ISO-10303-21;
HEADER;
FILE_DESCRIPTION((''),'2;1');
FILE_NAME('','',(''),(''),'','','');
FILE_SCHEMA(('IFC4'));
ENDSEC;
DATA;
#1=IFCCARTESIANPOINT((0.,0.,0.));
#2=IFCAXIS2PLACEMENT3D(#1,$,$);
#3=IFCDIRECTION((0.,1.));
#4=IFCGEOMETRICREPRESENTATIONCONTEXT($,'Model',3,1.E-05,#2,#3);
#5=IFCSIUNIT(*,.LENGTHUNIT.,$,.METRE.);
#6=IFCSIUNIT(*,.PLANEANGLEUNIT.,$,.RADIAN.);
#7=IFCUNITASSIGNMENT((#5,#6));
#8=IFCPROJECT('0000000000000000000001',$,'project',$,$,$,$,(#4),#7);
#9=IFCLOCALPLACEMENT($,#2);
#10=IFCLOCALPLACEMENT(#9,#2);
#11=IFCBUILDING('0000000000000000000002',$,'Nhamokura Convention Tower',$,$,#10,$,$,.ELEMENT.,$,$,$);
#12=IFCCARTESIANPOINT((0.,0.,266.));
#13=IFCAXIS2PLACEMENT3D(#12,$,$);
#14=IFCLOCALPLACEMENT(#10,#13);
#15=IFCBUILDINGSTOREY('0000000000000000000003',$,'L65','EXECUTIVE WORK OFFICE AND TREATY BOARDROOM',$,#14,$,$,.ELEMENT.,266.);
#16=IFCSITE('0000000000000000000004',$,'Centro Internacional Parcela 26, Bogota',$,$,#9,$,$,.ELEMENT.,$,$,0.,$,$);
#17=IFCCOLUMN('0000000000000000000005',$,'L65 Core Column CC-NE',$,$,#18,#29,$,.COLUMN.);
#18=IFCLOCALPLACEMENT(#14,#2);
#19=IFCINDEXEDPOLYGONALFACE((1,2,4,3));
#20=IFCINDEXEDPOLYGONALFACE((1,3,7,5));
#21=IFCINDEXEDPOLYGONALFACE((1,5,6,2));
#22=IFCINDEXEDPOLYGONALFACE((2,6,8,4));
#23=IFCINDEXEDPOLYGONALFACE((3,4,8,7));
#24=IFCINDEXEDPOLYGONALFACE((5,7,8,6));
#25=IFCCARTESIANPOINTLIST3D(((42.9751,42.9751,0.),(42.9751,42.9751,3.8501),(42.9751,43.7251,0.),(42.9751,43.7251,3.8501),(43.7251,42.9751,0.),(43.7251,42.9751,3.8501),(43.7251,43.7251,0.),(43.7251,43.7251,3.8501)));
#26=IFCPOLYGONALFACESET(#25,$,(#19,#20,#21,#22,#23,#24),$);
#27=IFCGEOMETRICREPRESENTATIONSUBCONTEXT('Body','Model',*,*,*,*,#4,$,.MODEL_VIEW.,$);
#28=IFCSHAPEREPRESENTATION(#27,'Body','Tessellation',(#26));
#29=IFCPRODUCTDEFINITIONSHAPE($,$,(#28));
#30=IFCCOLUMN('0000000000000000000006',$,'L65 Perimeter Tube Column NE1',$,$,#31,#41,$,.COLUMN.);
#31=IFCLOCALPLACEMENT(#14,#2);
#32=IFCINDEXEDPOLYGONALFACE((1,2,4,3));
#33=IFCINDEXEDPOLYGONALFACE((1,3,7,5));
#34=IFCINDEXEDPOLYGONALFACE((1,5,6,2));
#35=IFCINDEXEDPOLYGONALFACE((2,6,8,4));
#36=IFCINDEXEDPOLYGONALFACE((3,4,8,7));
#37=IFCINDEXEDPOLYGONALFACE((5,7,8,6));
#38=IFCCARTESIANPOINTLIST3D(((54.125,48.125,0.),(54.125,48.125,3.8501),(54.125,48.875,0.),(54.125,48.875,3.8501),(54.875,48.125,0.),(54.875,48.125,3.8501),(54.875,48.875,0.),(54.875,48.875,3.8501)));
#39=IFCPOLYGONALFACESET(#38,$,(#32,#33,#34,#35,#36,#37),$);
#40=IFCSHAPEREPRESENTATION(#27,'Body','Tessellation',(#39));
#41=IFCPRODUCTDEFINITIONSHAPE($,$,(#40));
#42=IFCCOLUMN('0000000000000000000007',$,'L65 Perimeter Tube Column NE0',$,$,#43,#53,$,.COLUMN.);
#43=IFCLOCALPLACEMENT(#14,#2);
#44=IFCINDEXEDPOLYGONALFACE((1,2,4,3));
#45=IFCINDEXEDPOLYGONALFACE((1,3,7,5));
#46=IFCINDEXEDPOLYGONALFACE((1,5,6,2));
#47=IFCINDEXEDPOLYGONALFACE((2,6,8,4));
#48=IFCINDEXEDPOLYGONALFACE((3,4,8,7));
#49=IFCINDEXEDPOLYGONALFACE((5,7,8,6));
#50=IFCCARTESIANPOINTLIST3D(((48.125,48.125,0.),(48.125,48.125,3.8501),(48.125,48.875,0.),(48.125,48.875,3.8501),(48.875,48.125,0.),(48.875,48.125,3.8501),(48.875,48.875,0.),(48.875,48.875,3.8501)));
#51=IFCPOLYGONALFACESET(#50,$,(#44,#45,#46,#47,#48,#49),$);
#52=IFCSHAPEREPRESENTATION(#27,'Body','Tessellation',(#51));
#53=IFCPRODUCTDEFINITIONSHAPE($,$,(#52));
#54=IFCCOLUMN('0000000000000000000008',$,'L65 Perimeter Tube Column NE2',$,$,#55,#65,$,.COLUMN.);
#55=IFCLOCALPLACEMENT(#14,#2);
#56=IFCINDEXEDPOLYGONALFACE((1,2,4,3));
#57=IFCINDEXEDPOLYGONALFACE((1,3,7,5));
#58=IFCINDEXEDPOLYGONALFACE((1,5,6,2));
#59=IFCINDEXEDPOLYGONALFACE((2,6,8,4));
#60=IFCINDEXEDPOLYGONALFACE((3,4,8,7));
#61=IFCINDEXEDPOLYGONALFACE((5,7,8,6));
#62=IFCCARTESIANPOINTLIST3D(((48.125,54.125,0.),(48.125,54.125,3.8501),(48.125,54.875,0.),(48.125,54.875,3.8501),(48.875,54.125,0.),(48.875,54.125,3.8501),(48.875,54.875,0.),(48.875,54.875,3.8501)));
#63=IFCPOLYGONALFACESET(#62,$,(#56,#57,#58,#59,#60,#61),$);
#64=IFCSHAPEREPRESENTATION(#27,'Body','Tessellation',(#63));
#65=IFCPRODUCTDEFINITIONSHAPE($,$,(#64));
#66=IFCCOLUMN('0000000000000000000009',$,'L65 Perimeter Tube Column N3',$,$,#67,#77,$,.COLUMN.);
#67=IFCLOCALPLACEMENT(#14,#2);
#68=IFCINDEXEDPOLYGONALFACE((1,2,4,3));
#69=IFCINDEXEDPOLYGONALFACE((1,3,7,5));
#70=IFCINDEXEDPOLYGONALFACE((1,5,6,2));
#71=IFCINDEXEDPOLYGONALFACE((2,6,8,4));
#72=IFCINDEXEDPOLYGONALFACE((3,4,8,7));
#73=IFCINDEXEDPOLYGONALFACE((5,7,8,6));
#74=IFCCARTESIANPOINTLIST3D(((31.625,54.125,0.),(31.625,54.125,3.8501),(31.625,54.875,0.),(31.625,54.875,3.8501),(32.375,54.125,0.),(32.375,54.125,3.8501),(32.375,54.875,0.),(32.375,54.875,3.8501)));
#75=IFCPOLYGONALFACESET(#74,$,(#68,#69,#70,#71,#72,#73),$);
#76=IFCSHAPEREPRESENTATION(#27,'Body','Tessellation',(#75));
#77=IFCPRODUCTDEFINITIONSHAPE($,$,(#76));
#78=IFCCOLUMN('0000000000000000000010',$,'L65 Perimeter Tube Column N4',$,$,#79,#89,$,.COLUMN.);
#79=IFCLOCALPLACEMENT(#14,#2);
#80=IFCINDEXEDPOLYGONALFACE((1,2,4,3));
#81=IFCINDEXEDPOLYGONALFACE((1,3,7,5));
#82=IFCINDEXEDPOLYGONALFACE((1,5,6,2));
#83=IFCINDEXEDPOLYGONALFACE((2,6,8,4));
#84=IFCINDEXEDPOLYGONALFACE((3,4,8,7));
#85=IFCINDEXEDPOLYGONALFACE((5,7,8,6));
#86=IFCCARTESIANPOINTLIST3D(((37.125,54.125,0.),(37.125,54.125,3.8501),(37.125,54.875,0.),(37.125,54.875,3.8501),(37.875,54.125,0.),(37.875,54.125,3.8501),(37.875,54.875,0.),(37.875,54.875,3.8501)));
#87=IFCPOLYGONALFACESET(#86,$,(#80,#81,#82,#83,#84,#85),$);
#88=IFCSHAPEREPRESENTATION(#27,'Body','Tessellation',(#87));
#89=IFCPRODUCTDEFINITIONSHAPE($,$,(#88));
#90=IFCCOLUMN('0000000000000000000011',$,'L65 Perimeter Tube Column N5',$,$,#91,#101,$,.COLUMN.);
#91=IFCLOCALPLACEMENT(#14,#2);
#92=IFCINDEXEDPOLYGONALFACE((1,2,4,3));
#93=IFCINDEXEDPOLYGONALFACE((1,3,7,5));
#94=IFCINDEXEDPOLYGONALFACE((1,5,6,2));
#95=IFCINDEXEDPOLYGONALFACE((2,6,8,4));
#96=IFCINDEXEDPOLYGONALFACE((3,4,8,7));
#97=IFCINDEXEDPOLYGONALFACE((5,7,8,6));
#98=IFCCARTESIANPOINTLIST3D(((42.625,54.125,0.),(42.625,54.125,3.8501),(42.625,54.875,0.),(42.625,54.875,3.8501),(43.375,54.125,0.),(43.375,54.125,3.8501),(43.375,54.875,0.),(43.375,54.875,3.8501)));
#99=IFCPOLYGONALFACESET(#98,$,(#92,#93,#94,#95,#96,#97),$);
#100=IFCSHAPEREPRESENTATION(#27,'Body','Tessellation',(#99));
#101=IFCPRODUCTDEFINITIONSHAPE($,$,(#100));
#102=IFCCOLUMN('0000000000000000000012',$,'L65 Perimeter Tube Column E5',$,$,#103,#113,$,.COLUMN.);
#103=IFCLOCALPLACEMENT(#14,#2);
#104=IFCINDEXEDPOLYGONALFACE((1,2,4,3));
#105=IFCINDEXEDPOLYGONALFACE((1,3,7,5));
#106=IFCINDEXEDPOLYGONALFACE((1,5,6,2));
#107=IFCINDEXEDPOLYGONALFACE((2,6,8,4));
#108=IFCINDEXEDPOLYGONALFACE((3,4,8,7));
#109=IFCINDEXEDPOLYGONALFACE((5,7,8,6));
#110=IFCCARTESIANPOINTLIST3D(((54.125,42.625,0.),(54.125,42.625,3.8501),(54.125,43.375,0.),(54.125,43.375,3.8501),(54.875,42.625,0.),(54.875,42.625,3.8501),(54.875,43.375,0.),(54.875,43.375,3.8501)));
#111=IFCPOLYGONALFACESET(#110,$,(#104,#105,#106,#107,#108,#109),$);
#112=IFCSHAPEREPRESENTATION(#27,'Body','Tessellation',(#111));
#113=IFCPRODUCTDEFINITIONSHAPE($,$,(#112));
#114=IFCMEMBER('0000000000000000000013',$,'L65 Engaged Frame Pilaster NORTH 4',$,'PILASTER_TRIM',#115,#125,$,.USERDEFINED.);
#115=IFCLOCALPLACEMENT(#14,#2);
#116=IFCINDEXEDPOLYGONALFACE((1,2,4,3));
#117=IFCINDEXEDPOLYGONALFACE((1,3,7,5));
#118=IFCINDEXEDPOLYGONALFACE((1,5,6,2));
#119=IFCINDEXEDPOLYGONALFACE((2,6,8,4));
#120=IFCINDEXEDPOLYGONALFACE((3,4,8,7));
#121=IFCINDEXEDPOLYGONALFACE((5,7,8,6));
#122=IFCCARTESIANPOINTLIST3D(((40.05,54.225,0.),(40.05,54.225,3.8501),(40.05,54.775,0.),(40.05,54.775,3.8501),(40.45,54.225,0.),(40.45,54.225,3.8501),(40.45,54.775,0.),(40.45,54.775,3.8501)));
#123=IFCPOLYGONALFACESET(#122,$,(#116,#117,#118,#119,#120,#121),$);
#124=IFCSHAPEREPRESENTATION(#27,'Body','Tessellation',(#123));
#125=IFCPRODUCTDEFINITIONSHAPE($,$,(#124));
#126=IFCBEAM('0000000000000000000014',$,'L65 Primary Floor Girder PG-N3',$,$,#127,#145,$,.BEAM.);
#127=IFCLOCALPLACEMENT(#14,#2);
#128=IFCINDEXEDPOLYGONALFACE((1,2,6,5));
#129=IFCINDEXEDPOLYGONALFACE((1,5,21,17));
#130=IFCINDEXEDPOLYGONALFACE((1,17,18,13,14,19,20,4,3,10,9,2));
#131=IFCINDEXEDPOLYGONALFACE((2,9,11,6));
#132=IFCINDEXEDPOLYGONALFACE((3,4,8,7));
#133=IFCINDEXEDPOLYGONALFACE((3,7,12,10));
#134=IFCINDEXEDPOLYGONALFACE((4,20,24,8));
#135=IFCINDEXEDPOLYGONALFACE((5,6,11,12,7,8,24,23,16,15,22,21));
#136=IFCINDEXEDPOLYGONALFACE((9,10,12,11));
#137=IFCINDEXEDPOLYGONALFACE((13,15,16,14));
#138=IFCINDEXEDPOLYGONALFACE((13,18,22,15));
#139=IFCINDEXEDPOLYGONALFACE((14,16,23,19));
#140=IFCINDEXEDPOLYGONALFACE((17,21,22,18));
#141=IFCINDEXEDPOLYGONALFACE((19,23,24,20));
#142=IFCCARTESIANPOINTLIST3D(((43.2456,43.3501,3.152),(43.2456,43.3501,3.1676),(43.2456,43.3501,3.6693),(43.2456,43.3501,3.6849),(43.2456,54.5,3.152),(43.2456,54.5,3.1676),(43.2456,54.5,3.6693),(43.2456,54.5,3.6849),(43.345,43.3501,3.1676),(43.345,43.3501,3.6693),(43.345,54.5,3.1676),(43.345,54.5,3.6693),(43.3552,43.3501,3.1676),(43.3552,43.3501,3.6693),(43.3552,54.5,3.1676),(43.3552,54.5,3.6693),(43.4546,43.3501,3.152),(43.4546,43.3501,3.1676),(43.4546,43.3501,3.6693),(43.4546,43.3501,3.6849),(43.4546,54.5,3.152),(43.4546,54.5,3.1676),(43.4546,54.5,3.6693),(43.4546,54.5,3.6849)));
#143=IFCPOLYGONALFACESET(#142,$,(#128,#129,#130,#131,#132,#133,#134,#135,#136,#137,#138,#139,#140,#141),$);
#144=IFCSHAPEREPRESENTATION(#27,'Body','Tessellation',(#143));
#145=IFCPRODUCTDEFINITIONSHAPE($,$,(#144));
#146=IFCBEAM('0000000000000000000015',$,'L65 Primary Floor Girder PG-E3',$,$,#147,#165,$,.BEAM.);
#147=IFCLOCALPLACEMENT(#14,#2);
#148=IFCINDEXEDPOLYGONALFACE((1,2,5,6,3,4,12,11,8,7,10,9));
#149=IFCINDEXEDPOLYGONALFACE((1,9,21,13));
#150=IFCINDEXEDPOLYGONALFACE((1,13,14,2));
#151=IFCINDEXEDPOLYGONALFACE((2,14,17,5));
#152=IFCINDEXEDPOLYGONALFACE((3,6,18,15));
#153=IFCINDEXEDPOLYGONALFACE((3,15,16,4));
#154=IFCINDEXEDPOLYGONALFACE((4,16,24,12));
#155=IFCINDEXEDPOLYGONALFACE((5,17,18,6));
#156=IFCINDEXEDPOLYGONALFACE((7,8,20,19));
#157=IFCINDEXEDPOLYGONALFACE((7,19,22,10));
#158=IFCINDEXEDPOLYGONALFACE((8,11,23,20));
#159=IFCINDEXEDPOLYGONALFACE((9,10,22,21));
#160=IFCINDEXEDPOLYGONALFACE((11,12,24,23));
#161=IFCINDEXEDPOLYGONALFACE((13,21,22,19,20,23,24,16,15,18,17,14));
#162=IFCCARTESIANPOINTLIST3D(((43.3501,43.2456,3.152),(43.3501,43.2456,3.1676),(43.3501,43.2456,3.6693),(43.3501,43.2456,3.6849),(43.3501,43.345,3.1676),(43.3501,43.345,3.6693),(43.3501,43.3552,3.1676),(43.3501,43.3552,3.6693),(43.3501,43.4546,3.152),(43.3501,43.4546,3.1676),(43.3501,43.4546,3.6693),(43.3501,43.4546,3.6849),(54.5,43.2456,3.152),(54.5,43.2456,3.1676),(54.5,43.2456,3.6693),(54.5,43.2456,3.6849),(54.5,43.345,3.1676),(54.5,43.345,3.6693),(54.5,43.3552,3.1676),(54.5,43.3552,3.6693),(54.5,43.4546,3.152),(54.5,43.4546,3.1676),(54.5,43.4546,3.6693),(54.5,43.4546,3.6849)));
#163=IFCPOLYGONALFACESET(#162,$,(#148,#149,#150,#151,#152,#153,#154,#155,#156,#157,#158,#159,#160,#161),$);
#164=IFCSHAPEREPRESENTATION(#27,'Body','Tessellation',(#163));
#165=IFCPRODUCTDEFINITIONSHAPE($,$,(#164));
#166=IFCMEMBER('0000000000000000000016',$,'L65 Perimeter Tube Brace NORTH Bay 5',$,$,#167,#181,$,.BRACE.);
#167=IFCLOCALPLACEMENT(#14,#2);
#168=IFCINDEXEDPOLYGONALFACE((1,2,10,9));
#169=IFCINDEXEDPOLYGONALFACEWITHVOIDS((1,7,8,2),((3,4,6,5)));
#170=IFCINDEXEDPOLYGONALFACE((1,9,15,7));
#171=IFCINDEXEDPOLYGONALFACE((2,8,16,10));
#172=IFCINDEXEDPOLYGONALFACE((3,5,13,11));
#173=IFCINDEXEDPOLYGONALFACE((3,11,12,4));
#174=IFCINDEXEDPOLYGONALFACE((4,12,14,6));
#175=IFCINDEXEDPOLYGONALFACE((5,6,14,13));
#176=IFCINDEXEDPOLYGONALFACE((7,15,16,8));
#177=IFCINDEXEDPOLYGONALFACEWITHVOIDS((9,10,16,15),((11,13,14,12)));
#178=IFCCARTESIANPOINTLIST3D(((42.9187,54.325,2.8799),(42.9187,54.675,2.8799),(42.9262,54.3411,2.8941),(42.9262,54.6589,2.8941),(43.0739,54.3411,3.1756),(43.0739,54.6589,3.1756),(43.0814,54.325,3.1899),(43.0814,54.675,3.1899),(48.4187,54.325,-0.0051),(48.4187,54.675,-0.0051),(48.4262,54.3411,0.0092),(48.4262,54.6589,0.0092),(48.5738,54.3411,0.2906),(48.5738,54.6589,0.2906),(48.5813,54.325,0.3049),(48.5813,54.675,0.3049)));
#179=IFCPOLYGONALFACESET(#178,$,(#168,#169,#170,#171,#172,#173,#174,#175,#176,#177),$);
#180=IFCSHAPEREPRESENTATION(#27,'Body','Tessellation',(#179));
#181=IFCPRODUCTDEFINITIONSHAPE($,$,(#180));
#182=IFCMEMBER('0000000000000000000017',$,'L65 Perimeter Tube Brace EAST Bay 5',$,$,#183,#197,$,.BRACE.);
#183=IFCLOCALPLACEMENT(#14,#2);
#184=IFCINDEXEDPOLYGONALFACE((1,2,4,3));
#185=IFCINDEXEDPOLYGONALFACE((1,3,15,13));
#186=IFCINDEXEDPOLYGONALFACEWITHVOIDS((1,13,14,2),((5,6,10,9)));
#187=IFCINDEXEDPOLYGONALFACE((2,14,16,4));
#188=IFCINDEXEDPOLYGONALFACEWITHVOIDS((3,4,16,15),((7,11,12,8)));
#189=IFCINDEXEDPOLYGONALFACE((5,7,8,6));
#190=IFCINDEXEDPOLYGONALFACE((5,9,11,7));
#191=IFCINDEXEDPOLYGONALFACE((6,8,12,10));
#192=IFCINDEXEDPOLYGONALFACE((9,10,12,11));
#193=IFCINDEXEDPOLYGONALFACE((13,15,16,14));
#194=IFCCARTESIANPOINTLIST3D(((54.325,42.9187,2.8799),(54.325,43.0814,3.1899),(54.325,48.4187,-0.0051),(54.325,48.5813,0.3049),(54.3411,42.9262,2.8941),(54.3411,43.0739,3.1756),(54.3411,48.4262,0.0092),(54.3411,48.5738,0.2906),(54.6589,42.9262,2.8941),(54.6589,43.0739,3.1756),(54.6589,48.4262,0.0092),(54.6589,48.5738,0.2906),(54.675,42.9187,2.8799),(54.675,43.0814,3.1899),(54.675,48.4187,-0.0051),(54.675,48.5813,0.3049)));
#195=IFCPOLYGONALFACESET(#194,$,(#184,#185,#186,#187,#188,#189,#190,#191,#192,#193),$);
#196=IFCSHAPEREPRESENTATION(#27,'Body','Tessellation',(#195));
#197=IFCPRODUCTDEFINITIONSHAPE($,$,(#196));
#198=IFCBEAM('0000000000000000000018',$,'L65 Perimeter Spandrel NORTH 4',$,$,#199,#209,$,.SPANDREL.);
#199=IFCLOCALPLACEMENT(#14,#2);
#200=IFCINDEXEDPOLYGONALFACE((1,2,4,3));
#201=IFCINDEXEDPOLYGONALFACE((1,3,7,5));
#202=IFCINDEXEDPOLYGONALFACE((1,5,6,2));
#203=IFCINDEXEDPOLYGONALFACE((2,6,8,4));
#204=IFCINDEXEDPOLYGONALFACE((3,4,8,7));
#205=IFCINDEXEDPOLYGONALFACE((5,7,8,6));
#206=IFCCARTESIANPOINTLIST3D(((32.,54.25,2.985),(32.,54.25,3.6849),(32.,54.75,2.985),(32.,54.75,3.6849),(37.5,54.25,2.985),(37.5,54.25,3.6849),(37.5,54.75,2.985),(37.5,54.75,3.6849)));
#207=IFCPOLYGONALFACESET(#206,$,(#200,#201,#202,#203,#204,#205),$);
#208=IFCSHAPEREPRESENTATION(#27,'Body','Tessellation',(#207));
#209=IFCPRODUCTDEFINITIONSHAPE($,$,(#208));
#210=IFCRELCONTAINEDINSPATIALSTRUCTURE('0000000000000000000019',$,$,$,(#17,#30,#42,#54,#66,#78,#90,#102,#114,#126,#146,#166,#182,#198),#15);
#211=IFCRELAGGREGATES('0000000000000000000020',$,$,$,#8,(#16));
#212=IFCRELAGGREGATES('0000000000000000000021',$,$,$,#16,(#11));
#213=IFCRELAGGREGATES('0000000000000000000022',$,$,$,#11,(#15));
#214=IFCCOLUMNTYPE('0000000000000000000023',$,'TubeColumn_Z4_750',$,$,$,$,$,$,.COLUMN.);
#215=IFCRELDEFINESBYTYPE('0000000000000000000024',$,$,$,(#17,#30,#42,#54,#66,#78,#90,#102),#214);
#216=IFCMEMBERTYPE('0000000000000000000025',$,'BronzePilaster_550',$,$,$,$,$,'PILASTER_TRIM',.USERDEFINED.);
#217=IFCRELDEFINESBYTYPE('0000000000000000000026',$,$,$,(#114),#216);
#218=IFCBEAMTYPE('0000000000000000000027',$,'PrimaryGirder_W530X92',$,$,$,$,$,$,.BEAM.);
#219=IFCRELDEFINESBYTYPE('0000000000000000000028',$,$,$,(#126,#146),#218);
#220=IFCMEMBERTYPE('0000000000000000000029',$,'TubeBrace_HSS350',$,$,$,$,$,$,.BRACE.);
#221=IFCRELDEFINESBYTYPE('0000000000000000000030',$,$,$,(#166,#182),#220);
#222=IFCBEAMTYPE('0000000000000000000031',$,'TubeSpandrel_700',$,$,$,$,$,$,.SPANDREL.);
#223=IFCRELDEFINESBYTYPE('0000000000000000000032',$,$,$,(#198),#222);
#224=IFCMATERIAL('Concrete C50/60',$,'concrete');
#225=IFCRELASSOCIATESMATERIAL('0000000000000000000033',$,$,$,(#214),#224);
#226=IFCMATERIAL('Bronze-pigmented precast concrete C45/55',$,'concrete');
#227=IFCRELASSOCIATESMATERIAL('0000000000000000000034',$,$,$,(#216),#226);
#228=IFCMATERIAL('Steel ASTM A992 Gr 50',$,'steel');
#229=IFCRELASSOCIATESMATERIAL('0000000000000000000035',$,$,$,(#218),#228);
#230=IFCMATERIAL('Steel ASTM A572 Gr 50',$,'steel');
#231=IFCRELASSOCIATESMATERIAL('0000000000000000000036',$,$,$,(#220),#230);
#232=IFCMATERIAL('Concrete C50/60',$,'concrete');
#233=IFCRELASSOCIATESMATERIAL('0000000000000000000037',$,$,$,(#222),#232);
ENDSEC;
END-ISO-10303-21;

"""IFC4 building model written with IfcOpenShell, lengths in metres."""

from ifc_helpers import new_model, si_unit, direction, frame, origin, origin_2d, place, context, subcontext, project, spatial, rectangle, hollow_rectangle, i_section, extrude, material, material_profile, profile_set, type_object, element, save


model = new_model("IFC4")

# Units and contexts
model_context = context("Model", 3, precision=1e-05, world=origin(), true_north=direction((0.0, 1.0)))
body_context = subcontext(model_context, "Body", "Model", "MODEL_VIEW")
ifc_project = project(units=[si_unit("LENGTHUNIT", "METRE"), si_unit("PLANEANGLEUNIT", "RADIAN")], contexts=[model_context])

# Site, building, storey
site_placement = place(None, origin())
site = spatial("IfcSite", under=ifc_project, at=site_placement, Name="Centro Internacional Parcela 26, Bogota", CompositionType="ELEMENT", RefElevation=0.0)
building_placement = place(site_placement, origin())
building = spatial("IfcBuilding", under=site, at=building_placement, Name="Nhamokura Convention Tower", CompositionType="ELEMENT")
storey_placement = place(building_placement, frame((0.0, 0.0, 266.0)))
storey = spatial("IfcBuildingStorey", under=building, at=storey_placement, Name="L65", Description="EXECUTIVE WORK OFFICE AND TREATY BOARDROOM", CompositionType="ELEMENT", Elevation=266.0)

# Columns
ifc_material_1 = material(Name="Concrete C50/60", Category="concrete")
ifc_material_profile_1 = material_profile(ifc_material_1, rectangle(XDim=0.75, YDim=0.75, at=origin_2d()))
ifc_profile_set_1 = profile_set([ifc_material_profile_1], Name="Concrete C50/60")
column_type = type_object("IfcColumnType", Name="TubeColumn_Z4_750", PredefinedType="COLUMN", material=ifc_profile_set_1)
for number, where, z_axis, x_axis, name in (
    (1, (43.3501, 43.3501, 0.0), (0.0, 0.0, 1.0), (1.0, 0.0, 0.0), "L65 Core Column CC-NE"),
    (2, (54.5, 48.5, 0.0), (0.0, 0.0, 1.0), (1.0, 0.0, 0.0), "L65 Perimeter Tube Column NE1"),
    (3, (48.5, 48.5, 0.0), (0.0, 0.0, 1.0), (1.0, 0.0, 0.0), "L65 Perimeter Tube Column NE0"),
    (4, (48.5, 54.5, 0.0), (0.0, 0.0, 1.0), (1.0, 0.0, 0.0), "L65 Perimeter Tube Column NE2"),
    (5, (32.0, 54.5, 0.0), (0.0, 0.0, 1.0), (1.0, 0.0, 0.0), "L65 Perimeter Tube Column N3"),
    (6, (37.5, 54.5, 0.0), (0.0, 0.0, 1.0), (1.0, 0.0, 0.0), "L65 Perimeter Tube Column N4"),
    (7, (43.0, 54.5, 0.0), (0.0, 0.0, 1.0), (1.0, 0.0, 0.0), "L65 Perimeter Tube Column N5"),
    (8, (54.5, 43.0, 0.0), (0.0, 0.0, 1.0), (1.0, 0.0, 0.0), "L65 Perimeter Tube Column E5"),
):
    element("IfcColumn", number, at=place(storey_placement, frame(where, z_axis=z_axis, x_axis=x_axis)), inside=storey, type_object=column_type, Name=name, PredefinedType="COLUMN", context=body_context, shape_type="SweptSolid", body=[
        extrude(rectangle(XDim=0.75, YDim=0.75, at=origin_2d()), origin(), (0.0, 0.0, 1.0), 3.8501),
    ])

# Member
ifc_material_2 = material(Name="Bronze-pigmented precast concrete C45/55", Category="concrete")
ifc_material_profile_2 = material_profile(ifc_material_2, rectangle(XDim=0.3999, YDim=0.55, at=origin_2d()))
ifc_profile_set_2 = profile_set([ifc_material_profile_2], Name="Bronze-pigmented precast concrete C45/55")
member_type_1 = type_object("IfcMemberType", Name="BronzePilaster_550", ElementType="PILASTER_TRIM", PredefinedType="USERDEFINED", material=ifc_profile_set_2)
member_placement = place(storey_placement, frame((40.25, 54.5, 0.0), z_axis=(0.0, 0.0, 1.0), x_axis=(1.0, 0.0, 0.0)))
element("IfcMember", 9, at=member_placement, inside=storey, type_object=member_type_1, Name="L65 Engaged Frame Pilaster NORTH 4", ObjectType="PILASTER_TRIM", PredefinedType="USERDEFINED", context=body_context, shape_type="SweptSolid", body=[
    extrude(rectangle(XDim=0.3999, YDim=0.55, at=origin_2d()), origin(), (0.0, 0.0, 1.0), 3.8501),
])

# Beams
ifc_material_3 = material(Name="Steel ASTM A992 Gr 50", Category="steel")
ifc_material_profile_3 = material_profile(ifc_material_3, i_section(OverallWidth=0.209, OverallDepth=0.533, WebThickness=0.0103, FlangeThickness=0.0156, at=origin_2d()))
ifc_profile_set_3 = profile_set([ifc_material_profile_3], Name="Steel ASTM A992 Gr 50")
beam_type_1 = type_object("IfcBeamType", Name="PrimaryGirder_W530X92", PredefinedType="BEAM", material=ifc_profile_set_3)
for number, where, z_axis, x_axis, name in (
    (10, (43.3501, 43.3501, 3.4185), (0.0, 1.0, 0.0), (-1.0, 0.0, 0.0), "L65 Primary Floor Girder PG-N3"),
    (11, (43.3501, 43.3501, 3.4185), (1.0, 0.0, 0.0), (0.0, 1.0, 0.0), "L65 Primary Floor Girder PG-E3"),
):
    element("IfcBeam", number, at=place(storey_placement, frame(where, z_axis=z_axis, x_axis=x_axis)), inside=storey, type_object=beam_type_1, Name=name, PredefinedType="BEAM", context=body_context, shape_type="SweptSolid", body=[
        extrude(i_section(OverallWidth=0.209, OverallDepth=0.533, WebThickness=0.0103, FlangeThickness=0.0156, at=origin_2d()), origin(), (0.0, 0.0, 1.0), 11.1499),
    ])

# Members
ifc_material_4 = material(Name="Steel ASTM A572 Gr 50", Category="steel")
ifc_material_profile_4 = material_profile(ifc_material_4, hollow_rectangle(XDim=0.3501, YDim=0.3501, WallThickness=0.0161, at=origin_2d()))
ifc_profile_set_4 = profile_set([ifc_material_profile_4], Name="Steel ASTM A572 Gr 50")
member_type_2 = type_object("IfcMemberType", Name="TubeBrace_HSS350", PredefinedType="BRACE", material=ifc_profile_set_4)
for number, where, z_axis, x_axis, name in (
    (12, (48.5, 54.5, 0.1499), (-0.885563, 0.0, 0.46452), (0.0, -1.0, 0.0), "L65 Perimeter Tube Brace NORTH Bay 5"),
    (13, (54.5, 48.5, 0.1499), (0.0, -0.885563, 0.46452), (1.0, 0.0, 0.0), "L65 Perimeter Tube Brace EAST Bay 5"),
):
    element("IfcMember", number, at=place(storey_placement, frame(where, z_axis=z_axis, x_axis=x_axis)), inside=storey, type_object=member_type_2, Name=name, PredefinedType="BRACE", context=body_context, shape_type="SweptSolid", body=[
        extrude(hollow_rectangle(XDim=0.3501, YDim=0.3501, WallThickness=0.0161, at=origin_2d()), origin(), (0.0, 0.0, 1.0), 6.2107),
    ])

# Beam
ifc_material_5 = material(Name="Concrete C50/60", Category="concrete")
ifc_material_profile_5 = material_profile(ifc_material_5, rectangle(XDim=0.5, YDim=0.7, at=origin_2d()))
ifc_profile_set_5 = profile_set([ifc_material_profile_5], Name="Concrete C50/60")
beam_type_2 = type_object("IfcBeamType", Name="TubeSpandrel_700", PredefinedType="SPANDREL", material=ifc_profile_set_5)
for number, where, z_axis, x_axis, name in (
    (14, (32.0, 54.5, 3.335), (1.0, 0.0, 0.0), (0.0, 1.0, 0.0), "L65 Perimeter Spandrel NORTH 4"),
):
    element("IfcBeam", number, at=place(storey_placement, frame(where, z_axis=z_axis, x_axis=x_axis)), inside=storey, type_object=beam_type_2, Name=name, PredefinedType="SPANDREL", context=body_context, shape_type="SweptSolid", body=[
        extrude(rectangle(XDim=0.5, YDim=0.7, at=origin_2d()), origin(), (0.0, 0.0, 1.0), 5.5),
    ])

save(model, "model.ifc")
